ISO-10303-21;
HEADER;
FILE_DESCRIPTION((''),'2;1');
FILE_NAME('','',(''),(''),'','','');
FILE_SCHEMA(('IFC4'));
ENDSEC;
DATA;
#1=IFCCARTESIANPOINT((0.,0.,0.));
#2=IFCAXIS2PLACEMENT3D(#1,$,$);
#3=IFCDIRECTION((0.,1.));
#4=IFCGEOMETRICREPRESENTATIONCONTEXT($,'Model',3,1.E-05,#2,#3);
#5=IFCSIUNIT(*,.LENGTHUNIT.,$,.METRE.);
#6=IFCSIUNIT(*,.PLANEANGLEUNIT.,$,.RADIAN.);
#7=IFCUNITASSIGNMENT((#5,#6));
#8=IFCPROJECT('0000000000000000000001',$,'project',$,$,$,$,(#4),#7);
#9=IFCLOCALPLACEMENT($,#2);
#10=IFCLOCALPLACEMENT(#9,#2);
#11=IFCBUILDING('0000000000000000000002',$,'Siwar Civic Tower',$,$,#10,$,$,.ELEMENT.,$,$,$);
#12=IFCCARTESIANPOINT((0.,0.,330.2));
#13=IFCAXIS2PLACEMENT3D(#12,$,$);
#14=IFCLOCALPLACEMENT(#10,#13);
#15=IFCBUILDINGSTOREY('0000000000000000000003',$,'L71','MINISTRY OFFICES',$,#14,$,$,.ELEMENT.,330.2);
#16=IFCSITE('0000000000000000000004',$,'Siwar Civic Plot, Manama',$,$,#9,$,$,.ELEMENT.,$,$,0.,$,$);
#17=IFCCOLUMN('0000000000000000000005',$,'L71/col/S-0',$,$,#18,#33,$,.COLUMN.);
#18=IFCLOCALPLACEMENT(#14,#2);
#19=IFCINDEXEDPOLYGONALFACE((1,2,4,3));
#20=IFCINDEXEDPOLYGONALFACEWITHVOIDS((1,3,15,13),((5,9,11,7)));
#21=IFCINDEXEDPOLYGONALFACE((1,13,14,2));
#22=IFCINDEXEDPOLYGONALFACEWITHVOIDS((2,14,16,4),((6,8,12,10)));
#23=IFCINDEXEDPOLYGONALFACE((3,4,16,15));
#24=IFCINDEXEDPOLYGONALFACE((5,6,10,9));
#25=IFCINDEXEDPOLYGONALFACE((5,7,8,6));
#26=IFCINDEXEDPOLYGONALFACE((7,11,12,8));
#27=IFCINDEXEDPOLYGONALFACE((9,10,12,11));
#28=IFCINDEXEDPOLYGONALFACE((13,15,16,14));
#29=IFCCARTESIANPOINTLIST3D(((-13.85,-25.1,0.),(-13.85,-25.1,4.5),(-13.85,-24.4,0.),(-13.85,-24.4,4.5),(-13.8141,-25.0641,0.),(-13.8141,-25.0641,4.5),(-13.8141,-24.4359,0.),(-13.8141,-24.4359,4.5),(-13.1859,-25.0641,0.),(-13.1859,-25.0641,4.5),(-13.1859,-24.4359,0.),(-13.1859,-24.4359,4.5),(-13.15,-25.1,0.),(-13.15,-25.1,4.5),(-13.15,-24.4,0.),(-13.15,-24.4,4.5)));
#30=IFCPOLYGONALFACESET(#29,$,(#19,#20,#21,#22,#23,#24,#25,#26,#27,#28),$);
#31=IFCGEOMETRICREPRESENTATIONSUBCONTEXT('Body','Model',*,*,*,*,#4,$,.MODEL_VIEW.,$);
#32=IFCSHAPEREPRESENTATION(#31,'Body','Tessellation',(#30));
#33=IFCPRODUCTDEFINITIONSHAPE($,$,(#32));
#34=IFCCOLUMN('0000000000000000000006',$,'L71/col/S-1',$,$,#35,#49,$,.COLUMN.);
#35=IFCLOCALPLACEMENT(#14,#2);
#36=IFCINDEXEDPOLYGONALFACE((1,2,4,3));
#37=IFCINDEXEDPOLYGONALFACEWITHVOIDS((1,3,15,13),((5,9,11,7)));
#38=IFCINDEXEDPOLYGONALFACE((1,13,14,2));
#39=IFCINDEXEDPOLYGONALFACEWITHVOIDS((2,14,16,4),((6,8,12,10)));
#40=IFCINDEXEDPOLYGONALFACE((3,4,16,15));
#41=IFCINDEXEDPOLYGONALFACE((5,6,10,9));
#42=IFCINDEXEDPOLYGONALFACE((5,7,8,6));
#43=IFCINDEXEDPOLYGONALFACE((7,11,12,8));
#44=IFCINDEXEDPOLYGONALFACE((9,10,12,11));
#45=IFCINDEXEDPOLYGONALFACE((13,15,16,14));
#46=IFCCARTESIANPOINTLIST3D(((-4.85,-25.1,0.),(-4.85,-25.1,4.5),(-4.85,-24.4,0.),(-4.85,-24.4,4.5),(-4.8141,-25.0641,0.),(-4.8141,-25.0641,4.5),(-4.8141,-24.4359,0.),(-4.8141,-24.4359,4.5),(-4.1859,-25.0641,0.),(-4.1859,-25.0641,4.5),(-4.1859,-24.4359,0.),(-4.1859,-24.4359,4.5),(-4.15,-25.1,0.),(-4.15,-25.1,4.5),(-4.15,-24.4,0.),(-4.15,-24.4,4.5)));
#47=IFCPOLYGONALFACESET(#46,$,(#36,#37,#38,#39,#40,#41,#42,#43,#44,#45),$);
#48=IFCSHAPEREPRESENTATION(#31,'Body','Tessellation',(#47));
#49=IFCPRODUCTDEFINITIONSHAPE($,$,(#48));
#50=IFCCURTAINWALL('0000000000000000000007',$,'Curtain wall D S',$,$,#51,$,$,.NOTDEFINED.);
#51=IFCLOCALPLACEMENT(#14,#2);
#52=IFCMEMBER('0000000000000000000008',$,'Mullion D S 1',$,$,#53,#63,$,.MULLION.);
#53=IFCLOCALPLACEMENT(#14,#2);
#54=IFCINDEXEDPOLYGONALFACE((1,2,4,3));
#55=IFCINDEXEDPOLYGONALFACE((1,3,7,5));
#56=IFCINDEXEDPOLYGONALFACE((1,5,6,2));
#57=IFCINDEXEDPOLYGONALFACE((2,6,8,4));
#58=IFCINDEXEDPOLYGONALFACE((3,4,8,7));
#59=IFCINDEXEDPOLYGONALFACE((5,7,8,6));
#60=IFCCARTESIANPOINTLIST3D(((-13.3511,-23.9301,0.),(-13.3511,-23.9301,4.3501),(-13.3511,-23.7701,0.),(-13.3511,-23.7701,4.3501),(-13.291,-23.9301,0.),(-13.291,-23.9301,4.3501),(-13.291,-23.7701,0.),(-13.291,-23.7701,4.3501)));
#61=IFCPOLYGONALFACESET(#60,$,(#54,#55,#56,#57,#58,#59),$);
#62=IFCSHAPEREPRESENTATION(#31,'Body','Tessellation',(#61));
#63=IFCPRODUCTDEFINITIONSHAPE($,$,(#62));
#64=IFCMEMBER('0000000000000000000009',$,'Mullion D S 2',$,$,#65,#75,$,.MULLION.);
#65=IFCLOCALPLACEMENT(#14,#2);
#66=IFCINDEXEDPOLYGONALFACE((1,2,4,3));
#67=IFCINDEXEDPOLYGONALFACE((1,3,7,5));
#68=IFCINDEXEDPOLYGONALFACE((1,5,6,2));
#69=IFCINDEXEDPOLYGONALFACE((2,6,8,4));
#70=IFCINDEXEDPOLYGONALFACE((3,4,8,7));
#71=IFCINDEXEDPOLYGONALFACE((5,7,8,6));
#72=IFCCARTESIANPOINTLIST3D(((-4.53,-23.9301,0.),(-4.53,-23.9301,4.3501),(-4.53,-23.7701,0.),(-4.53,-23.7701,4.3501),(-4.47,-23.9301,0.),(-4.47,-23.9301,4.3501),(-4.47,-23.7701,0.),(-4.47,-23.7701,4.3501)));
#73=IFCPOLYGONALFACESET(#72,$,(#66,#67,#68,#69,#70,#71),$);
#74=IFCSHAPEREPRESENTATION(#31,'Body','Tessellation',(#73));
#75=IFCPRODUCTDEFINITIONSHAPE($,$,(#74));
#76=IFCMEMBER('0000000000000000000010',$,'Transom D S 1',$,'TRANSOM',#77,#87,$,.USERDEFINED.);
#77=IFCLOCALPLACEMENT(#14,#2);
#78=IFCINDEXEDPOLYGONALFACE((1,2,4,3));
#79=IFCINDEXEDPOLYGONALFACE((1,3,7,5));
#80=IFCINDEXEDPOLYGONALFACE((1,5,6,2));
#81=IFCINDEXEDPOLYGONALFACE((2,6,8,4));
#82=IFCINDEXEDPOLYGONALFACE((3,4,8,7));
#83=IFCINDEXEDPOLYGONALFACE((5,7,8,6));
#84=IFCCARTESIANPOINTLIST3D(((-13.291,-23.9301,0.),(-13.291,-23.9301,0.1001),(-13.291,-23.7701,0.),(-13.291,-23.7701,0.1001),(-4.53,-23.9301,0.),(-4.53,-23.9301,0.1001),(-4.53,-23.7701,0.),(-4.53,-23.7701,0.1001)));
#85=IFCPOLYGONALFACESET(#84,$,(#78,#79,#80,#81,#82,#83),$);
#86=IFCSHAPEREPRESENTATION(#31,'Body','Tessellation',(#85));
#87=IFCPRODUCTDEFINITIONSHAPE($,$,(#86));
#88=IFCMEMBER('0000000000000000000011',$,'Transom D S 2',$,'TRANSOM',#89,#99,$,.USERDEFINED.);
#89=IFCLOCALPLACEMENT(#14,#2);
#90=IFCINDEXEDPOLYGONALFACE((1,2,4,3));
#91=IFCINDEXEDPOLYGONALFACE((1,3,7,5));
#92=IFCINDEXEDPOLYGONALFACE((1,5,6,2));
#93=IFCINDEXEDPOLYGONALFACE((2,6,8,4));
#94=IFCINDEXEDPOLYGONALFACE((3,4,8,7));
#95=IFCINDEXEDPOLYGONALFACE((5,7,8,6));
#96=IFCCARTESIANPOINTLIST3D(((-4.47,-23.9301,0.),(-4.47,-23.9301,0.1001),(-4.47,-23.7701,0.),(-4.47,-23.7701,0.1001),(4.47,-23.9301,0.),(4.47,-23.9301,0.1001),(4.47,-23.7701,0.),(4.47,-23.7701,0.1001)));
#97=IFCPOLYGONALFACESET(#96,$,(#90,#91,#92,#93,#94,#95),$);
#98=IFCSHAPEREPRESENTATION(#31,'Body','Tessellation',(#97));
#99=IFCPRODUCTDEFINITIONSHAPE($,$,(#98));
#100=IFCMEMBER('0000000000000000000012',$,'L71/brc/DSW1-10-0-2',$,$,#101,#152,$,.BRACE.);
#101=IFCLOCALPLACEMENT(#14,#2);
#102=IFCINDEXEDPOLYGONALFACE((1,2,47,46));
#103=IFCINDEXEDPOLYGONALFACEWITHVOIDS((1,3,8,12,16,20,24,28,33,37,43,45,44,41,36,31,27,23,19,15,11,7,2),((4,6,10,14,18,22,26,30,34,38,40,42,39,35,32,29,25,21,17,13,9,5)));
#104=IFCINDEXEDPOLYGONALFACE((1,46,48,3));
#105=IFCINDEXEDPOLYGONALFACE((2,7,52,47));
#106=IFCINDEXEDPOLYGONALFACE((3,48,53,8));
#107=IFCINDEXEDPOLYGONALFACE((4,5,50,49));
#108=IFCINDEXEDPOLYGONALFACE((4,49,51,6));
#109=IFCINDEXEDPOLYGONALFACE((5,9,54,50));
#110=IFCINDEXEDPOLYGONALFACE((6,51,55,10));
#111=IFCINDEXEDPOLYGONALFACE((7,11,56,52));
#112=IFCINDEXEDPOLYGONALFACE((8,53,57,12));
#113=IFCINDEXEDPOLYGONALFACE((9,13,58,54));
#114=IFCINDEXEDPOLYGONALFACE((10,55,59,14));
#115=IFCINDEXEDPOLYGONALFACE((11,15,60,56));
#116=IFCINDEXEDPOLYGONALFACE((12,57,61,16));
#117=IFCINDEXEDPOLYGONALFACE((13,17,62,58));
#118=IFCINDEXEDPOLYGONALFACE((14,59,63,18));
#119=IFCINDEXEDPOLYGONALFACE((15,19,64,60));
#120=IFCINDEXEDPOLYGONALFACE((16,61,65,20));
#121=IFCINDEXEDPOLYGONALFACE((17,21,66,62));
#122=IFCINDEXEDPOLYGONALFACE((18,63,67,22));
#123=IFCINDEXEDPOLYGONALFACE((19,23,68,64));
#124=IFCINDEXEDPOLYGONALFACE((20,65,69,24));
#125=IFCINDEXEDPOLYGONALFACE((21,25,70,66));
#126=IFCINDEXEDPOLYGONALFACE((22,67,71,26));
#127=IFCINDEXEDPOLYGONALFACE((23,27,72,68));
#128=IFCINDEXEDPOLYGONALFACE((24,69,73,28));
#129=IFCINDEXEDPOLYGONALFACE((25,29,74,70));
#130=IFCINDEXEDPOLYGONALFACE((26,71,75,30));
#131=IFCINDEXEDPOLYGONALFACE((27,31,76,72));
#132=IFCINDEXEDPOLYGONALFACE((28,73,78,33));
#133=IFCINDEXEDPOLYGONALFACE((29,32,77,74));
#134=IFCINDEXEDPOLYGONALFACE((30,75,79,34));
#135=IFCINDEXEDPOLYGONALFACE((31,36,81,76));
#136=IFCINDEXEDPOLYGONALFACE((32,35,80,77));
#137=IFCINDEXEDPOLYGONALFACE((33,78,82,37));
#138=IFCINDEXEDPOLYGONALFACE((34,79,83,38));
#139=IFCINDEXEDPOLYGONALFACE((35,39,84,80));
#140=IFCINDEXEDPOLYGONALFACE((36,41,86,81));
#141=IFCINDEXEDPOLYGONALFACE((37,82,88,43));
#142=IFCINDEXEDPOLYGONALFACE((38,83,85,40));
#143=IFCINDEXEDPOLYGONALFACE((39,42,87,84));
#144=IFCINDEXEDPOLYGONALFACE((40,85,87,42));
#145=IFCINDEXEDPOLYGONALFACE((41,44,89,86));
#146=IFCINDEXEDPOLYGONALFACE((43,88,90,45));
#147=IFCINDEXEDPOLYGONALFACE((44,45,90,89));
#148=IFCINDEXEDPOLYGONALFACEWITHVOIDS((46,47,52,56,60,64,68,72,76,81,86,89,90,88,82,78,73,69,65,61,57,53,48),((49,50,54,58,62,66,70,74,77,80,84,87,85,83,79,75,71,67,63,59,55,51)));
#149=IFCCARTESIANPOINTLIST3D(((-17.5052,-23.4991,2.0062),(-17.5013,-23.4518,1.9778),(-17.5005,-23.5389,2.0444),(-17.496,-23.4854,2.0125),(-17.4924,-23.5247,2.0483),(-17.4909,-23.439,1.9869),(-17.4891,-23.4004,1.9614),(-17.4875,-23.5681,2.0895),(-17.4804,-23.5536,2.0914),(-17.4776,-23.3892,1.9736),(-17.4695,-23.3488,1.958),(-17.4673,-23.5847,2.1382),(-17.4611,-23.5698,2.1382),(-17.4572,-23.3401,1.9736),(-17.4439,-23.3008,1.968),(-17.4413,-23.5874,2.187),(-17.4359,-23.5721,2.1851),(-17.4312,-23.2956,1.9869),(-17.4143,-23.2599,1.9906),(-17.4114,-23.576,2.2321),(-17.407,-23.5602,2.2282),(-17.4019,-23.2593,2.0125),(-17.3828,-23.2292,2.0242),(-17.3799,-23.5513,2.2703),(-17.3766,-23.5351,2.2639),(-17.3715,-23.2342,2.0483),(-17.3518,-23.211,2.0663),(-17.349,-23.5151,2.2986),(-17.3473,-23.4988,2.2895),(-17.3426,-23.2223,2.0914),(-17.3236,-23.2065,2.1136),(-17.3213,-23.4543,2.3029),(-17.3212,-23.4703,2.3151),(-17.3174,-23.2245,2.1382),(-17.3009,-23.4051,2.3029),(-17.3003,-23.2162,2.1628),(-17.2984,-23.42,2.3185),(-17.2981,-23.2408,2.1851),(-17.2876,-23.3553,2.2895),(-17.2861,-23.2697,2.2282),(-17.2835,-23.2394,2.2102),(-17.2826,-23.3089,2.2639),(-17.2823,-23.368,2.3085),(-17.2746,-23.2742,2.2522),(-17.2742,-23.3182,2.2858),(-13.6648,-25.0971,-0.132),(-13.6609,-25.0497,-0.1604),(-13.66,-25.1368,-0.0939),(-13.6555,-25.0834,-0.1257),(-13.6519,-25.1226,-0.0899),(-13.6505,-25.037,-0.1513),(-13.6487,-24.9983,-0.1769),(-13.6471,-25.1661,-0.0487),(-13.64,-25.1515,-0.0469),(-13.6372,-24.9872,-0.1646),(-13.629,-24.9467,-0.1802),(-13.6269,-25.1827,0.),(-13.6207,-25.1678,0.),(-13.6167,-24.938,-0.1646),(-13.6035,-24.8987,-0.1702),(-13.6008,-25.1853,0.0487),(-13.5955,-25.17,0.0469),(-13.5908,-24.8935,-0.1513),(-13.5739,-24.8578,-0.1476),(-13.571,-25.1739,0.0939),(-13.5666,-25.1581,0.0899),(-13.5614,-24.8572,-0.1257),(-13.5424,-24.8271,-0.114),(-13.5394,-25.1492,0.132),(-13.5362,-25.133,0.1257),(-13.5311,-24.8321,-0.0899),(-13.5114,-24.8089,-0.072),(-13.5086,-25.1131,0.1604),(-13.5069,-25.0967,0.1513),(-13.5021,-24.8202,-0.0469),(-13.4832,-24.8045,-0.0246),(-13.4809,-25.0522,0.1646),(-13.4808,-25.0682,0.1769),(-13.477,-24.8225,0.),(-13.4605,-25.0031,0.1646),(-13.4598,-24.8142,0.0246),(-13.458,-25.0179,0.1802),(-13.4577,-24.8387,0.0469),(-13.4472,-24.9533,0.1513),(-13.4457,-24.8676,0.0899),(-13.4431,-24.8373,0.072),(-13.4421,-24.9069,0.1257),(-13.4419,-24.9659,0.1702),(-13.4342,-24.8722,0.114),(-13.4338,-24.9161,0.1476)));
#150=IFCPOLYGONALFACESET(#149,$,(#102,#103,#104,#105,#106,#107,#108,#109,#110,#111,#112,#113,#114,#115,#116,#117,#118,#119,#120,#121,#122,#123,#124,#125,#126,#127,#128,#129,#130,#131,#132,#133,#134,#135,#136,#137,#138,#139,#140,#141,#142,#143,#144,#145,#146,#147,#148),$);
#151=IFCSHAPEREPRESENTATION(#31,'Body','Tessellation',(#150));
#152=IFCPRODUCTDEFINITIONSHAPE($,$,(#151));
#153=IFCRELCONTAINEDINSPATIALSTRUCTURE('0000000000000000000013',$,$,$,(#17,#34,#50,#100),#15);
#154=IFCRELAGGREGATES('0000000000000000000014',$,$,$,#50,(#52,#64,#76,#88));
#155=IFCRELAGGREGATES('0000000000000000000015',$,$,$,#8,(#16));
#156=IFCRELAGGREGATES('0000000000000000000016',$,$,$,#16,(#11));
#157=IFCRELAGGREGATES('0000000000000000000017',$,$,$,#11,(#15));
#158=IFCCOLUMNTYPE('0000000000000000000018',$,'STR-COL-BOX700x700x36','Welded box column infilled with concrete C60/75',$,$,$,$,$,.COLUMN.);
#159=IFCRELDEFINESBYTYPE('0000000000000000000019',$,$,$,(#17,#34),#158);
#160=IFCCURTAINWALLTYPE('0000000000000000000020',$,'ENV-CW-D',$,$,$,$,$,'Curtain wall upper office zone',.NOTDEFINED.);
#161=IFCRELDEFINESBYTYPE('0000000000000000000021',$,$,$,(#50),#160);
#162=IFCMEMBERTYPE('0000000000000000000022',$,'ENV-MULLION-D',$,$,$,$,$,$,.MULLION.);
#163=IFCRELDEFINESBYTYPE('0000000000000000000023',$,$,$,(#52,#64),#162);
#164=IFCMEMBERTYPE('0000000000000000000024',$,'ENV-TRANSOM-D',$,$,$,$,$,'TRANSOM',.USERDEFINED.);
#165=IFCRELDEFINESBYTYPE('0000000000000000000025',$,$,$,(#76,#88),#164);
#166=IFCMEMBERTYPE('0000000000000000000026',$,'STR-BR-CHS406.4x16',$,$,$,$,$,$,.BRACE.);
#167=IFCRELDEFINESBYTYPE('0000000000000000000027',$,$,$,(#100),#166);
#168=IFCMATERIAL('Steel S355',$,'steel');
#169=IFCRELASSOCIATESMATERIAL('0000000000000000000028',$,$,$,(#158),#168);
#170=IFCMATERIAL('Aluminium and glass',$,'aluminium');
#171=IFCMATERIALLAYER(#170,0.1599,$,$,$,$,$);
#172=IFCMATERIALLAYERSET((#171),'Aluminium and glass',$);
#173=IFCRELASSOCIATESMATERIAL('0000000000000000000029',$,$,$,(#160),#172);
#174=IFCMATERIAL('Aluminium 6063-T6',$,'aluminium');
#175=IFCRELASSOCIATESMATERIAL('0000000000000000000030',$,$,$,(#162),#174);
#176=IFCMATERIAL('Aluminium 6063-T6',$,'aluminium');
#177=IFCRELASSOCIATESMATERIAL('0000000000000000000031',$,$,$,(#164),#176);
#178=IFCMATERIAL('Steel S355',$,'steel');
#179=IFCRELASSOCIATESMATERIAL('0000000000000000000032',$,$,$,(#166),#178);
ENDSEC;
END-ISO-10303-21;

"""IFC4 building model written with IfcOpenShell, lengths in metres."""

from ifc_helpers import new_model, si_unit, direction, frame, origin, origin_2d, place, context, subcontext, project, spatial, rectangle, hollow_rectangle, hollow_circle, extrude, material, layer, layer_set, material_profile, profile_set, type_object, element, aggregate, save


model = new_model("IFC4")

# Units and contexts
model_context = context("Model", 3, precision=1e-05, world=origin(), true_north=direction((0.0, 1.0)))
body_context = subcontext(model_context, "Body", "Model", "MODEL_VIEW")
ifc_project = project(units=[si_unit("LENGTHUNIT", "METRE"), si_unit("PLANEANGLEUNIT", "RADIAN")], contexts=[model_context])

# Site, building, storey
site_placement = place(None, origin())
site = spatial("IfcSite", under=ifc_project, at=site_placement, Name="Siwar Civic Plot, Manama", CompositionType="ELEMENT", RefElevation=0.0)
building_placement = place(site_placement, origin())
building = spatial("IfcBuilding", under=site, at=building_placement, Name="Siwar Civic Tower", CompositionType="ELEMENT")
storey_placement = place(building_placement, frame((0.0, 0.0, 330.2)))
storey = spatial("IfcBuildingStorey", under=building, at=storey_placement, Name="L71", Description="MINISTRY OFFICES", CompositionType="ELEMENT", Elevation=330.2)

# Columns
ifc_material_1 = material(Name="Steel S355", Category="steel")
ifc_material_profile_1 = material_profile(ifc_material_1, hollow_rectangle(XDim=0.7, YDim=0.7, WallThickness=0.0359, at=origin_2d()), Name="BOX700x700x36")
ifc_profile_set_1 = profile_set([ifc_material_profile_1], Name="Steel S355")
column_type = type_object("IfcColumnType", Name="STR-COL-BOX700x700x36", Description="Welded box column infilled with concrete C60/75", PredefinedType="COLUMN", material=ifc_profile_set_1)
for number, where, z_axis, x_axis, name in (
    (1, (-13.5, -24.75, 0.0), (0.0, 0.0, 1.0), (1.0, 0.0, 0.0), "L71/col/S-0"),
    (2, (-4.5, -24.75, 0.0), (0.0, 0.0, 1.0), (1.0, 0.0, 0.0), "L71/col/S-1"),
):
    element("IfcColumn", number, at=place(storey_placement, frame(where, z_axis=z_axis, x_axis=x_axis)), inside=storey, type_object=column_type, Name=name, PredefinedType="COLUMN", context=body_context, shape_type="SweptSolid", body=[
        extrude(hollow_rectangle(XDim=0.7, YDim=0.7, WallThickness=0.0359, at=origin_2d()), origin(), (0.0, 0.0, 1.0), 4.5),
    ])

# Curtain wall, members
ifc_material_2 = material(Name="Aluminium and glass", Category="aluminium")
ifc_layer_1 = layer(ifc_material_2, 0.1599)
ifc_layer_set_1 = layer_set([ifc_layer_1], Name="Aluminium and glass")
curtain_wall_type = type_object("IfcCurtainWallType", Name="ENV-CW-D", ElementType="Curtain wall upper office zone", PredefinedType="NOTDEFINED", material=ifc_layer_set_1)
curtain_wall_placement = place(storey_placement, origin())
curtain_wall = element("IfcCurtainWall", 3, at=curtain_wall_placement, inside=storey, type_object=curtain_wall_type, Name="Curtain wall D S", PredefinedType="NOTDEFINED")
ifc_material_3 = material(Name="Aluminium 6063-T6", Category="aluminium")
ifc_material_profile_2 = material_profile(ifc_material_3, rectangle(XDim=0.1599, YDim=0.0601, at=origin_2d()), Name="AL 160x60")
ifc_profile_set_2 = profile_set([ifc_material_profile_2], Name="Aluminium 6063-T6")
member_type_1 = type_object("IfcMemberType", Name="ENV-MULLION-D", PredefinedType="MULLION", material=ifc_profile_set_2)
member_1_placement = place(storey_placement, frame((-13.321, -23.8501, 0.0), z_axis=(0.0, 0.0, 1.0), x_axis=(0.0, 1.0, 0.0)))
member_1 = element("IfcMember", 4, at=member_1_placement, type_object=member_type_1, Name="Mullion D S 1", PredefinedType="MULLION", context=body_context, shape_type="SweptSolid", body=[
    extrude(rectangle(XDim=0.1599, YDim=0.0601, at=origin_2d()), origin(), (0.0, 0.0, 1.0), 4.3501),
])
member_2_placement = place(storey_placement, frame((-4.5, -23.8501, 0.0), z_axis=(0.0, 0.0, 1.0), x_axis=(0.0, 1.0, 0.0)))
member_2 = element("IfcMember", 5, at=member_2_placement, type_object=member_type_1, Name="Mullion D S 2", PredefinedType="MULLION", context=body_context, shape_type="SweptSolid", body=[
    extrude(rectangle(XDim=0.1599, YDim=0.0601, at=origin_2d()), origin(), (0.0, 0.0, 1.0), 4.3501),
])
ifc_material_4 = material(Name="Aluminium 6063-T6", Category="aluminium")
ifc_material_profile_3 = material_profile(ifc_material_4, rectangle(XDim=0.1599, YDim=0.1001, at=origin_2d()), Name="AL 160x100")
ifc_profile_set_3 = profile_set([ifc_material_profile_3], Name="Aluminium 6063-T6")
member_type_2 = type_object("IfcMemberType", Name="ENV-TRANSOM-D", ElementType="TRANSOM", PredefinedType="USERDEFINED", material=ifc_profile_set_3)
member_3_placement = place(storey_placement, frame((-13.291, -23.8501, 0.05), z_axis=(1.0, 0.0, 0.0), x_axis=(0.0, 1.0, 0.0)))
member_3 = element("IfcMember", 6, at=member_3_placement, type_object=member_type_2, Name="Transom D S 1", ObjectType="TRANSOM", PredefinedType="USERDEFINED", context=body_context, shape_type="SweptSolid", body=[
    extrude(rectangle(XDim=0.1599, YDim=0.1001, at=origin_2d()), origin(), (0.0, 0.0, 1.0), 8.761),
])
member_4_placement = place(storey_placement, frame((-4.47, -23.8501, 0.05), z_axis=(1.0, 0.0, 0.0), x_axis=(0.0, 1.0, 0.0)))
member_4 = element("IfcMember", 7, at=member_4_placement, type_object=member_type_2, Name="Transom D S 2", ObjectType="TRANSOM", PredefinedType="USERDEFINED", context=body_context, shape_type="SweptSolid", body=[
    extrude(rectangle(XDim=0.1599, YDim=0.1001, at=origin_2d()), origin(), (0.0, 0.0, 1.0), 8.9399),
])

# Member
ifc_material_5 = material(Name="Steel S355", Category="steel")
ifc_material_profile_4 = material_profile(ifc_material_5, hollow_circle(Radius=0.2031, WallThickness=0.0161, at=origin_2d()), Name="CHS406.4x16")
ifc_profile_set_4 = profile_set([ifc_material_profile_4], Name="Steel S355")
member_type_3 = type_object("IfcMemberType", Name="STR-BR-CHS406.4x16", PredefinedType="BRACE", material=ifc_profile_set_4)
member_5_placement = place(storey_placement, frame((-13.5488, -24.9951, 0.0), z_axis=(-0.82113, 0.341659, 0.457181), x_axis=(-0.384157, -0.923268, 0.0)))
element("IfcMember", 8, at=member_5_placement, inside=storey, type_object=member_type_3, Name="L71/brc/DSW1-10-0-2", PredefinedType="BRACE", context=body_context, shape_type="SweptSolid", body=[
    extrude(hollow_circle(Radius=0.2031, WallThickness=0.0161, at=origin_2d()), origin(), (0.0, 0.0, 1.0), 4.677),
])

aggregate(curtain_wall, [member_1, member_2, member_3, member_4])

save(model, "model.ifc")
